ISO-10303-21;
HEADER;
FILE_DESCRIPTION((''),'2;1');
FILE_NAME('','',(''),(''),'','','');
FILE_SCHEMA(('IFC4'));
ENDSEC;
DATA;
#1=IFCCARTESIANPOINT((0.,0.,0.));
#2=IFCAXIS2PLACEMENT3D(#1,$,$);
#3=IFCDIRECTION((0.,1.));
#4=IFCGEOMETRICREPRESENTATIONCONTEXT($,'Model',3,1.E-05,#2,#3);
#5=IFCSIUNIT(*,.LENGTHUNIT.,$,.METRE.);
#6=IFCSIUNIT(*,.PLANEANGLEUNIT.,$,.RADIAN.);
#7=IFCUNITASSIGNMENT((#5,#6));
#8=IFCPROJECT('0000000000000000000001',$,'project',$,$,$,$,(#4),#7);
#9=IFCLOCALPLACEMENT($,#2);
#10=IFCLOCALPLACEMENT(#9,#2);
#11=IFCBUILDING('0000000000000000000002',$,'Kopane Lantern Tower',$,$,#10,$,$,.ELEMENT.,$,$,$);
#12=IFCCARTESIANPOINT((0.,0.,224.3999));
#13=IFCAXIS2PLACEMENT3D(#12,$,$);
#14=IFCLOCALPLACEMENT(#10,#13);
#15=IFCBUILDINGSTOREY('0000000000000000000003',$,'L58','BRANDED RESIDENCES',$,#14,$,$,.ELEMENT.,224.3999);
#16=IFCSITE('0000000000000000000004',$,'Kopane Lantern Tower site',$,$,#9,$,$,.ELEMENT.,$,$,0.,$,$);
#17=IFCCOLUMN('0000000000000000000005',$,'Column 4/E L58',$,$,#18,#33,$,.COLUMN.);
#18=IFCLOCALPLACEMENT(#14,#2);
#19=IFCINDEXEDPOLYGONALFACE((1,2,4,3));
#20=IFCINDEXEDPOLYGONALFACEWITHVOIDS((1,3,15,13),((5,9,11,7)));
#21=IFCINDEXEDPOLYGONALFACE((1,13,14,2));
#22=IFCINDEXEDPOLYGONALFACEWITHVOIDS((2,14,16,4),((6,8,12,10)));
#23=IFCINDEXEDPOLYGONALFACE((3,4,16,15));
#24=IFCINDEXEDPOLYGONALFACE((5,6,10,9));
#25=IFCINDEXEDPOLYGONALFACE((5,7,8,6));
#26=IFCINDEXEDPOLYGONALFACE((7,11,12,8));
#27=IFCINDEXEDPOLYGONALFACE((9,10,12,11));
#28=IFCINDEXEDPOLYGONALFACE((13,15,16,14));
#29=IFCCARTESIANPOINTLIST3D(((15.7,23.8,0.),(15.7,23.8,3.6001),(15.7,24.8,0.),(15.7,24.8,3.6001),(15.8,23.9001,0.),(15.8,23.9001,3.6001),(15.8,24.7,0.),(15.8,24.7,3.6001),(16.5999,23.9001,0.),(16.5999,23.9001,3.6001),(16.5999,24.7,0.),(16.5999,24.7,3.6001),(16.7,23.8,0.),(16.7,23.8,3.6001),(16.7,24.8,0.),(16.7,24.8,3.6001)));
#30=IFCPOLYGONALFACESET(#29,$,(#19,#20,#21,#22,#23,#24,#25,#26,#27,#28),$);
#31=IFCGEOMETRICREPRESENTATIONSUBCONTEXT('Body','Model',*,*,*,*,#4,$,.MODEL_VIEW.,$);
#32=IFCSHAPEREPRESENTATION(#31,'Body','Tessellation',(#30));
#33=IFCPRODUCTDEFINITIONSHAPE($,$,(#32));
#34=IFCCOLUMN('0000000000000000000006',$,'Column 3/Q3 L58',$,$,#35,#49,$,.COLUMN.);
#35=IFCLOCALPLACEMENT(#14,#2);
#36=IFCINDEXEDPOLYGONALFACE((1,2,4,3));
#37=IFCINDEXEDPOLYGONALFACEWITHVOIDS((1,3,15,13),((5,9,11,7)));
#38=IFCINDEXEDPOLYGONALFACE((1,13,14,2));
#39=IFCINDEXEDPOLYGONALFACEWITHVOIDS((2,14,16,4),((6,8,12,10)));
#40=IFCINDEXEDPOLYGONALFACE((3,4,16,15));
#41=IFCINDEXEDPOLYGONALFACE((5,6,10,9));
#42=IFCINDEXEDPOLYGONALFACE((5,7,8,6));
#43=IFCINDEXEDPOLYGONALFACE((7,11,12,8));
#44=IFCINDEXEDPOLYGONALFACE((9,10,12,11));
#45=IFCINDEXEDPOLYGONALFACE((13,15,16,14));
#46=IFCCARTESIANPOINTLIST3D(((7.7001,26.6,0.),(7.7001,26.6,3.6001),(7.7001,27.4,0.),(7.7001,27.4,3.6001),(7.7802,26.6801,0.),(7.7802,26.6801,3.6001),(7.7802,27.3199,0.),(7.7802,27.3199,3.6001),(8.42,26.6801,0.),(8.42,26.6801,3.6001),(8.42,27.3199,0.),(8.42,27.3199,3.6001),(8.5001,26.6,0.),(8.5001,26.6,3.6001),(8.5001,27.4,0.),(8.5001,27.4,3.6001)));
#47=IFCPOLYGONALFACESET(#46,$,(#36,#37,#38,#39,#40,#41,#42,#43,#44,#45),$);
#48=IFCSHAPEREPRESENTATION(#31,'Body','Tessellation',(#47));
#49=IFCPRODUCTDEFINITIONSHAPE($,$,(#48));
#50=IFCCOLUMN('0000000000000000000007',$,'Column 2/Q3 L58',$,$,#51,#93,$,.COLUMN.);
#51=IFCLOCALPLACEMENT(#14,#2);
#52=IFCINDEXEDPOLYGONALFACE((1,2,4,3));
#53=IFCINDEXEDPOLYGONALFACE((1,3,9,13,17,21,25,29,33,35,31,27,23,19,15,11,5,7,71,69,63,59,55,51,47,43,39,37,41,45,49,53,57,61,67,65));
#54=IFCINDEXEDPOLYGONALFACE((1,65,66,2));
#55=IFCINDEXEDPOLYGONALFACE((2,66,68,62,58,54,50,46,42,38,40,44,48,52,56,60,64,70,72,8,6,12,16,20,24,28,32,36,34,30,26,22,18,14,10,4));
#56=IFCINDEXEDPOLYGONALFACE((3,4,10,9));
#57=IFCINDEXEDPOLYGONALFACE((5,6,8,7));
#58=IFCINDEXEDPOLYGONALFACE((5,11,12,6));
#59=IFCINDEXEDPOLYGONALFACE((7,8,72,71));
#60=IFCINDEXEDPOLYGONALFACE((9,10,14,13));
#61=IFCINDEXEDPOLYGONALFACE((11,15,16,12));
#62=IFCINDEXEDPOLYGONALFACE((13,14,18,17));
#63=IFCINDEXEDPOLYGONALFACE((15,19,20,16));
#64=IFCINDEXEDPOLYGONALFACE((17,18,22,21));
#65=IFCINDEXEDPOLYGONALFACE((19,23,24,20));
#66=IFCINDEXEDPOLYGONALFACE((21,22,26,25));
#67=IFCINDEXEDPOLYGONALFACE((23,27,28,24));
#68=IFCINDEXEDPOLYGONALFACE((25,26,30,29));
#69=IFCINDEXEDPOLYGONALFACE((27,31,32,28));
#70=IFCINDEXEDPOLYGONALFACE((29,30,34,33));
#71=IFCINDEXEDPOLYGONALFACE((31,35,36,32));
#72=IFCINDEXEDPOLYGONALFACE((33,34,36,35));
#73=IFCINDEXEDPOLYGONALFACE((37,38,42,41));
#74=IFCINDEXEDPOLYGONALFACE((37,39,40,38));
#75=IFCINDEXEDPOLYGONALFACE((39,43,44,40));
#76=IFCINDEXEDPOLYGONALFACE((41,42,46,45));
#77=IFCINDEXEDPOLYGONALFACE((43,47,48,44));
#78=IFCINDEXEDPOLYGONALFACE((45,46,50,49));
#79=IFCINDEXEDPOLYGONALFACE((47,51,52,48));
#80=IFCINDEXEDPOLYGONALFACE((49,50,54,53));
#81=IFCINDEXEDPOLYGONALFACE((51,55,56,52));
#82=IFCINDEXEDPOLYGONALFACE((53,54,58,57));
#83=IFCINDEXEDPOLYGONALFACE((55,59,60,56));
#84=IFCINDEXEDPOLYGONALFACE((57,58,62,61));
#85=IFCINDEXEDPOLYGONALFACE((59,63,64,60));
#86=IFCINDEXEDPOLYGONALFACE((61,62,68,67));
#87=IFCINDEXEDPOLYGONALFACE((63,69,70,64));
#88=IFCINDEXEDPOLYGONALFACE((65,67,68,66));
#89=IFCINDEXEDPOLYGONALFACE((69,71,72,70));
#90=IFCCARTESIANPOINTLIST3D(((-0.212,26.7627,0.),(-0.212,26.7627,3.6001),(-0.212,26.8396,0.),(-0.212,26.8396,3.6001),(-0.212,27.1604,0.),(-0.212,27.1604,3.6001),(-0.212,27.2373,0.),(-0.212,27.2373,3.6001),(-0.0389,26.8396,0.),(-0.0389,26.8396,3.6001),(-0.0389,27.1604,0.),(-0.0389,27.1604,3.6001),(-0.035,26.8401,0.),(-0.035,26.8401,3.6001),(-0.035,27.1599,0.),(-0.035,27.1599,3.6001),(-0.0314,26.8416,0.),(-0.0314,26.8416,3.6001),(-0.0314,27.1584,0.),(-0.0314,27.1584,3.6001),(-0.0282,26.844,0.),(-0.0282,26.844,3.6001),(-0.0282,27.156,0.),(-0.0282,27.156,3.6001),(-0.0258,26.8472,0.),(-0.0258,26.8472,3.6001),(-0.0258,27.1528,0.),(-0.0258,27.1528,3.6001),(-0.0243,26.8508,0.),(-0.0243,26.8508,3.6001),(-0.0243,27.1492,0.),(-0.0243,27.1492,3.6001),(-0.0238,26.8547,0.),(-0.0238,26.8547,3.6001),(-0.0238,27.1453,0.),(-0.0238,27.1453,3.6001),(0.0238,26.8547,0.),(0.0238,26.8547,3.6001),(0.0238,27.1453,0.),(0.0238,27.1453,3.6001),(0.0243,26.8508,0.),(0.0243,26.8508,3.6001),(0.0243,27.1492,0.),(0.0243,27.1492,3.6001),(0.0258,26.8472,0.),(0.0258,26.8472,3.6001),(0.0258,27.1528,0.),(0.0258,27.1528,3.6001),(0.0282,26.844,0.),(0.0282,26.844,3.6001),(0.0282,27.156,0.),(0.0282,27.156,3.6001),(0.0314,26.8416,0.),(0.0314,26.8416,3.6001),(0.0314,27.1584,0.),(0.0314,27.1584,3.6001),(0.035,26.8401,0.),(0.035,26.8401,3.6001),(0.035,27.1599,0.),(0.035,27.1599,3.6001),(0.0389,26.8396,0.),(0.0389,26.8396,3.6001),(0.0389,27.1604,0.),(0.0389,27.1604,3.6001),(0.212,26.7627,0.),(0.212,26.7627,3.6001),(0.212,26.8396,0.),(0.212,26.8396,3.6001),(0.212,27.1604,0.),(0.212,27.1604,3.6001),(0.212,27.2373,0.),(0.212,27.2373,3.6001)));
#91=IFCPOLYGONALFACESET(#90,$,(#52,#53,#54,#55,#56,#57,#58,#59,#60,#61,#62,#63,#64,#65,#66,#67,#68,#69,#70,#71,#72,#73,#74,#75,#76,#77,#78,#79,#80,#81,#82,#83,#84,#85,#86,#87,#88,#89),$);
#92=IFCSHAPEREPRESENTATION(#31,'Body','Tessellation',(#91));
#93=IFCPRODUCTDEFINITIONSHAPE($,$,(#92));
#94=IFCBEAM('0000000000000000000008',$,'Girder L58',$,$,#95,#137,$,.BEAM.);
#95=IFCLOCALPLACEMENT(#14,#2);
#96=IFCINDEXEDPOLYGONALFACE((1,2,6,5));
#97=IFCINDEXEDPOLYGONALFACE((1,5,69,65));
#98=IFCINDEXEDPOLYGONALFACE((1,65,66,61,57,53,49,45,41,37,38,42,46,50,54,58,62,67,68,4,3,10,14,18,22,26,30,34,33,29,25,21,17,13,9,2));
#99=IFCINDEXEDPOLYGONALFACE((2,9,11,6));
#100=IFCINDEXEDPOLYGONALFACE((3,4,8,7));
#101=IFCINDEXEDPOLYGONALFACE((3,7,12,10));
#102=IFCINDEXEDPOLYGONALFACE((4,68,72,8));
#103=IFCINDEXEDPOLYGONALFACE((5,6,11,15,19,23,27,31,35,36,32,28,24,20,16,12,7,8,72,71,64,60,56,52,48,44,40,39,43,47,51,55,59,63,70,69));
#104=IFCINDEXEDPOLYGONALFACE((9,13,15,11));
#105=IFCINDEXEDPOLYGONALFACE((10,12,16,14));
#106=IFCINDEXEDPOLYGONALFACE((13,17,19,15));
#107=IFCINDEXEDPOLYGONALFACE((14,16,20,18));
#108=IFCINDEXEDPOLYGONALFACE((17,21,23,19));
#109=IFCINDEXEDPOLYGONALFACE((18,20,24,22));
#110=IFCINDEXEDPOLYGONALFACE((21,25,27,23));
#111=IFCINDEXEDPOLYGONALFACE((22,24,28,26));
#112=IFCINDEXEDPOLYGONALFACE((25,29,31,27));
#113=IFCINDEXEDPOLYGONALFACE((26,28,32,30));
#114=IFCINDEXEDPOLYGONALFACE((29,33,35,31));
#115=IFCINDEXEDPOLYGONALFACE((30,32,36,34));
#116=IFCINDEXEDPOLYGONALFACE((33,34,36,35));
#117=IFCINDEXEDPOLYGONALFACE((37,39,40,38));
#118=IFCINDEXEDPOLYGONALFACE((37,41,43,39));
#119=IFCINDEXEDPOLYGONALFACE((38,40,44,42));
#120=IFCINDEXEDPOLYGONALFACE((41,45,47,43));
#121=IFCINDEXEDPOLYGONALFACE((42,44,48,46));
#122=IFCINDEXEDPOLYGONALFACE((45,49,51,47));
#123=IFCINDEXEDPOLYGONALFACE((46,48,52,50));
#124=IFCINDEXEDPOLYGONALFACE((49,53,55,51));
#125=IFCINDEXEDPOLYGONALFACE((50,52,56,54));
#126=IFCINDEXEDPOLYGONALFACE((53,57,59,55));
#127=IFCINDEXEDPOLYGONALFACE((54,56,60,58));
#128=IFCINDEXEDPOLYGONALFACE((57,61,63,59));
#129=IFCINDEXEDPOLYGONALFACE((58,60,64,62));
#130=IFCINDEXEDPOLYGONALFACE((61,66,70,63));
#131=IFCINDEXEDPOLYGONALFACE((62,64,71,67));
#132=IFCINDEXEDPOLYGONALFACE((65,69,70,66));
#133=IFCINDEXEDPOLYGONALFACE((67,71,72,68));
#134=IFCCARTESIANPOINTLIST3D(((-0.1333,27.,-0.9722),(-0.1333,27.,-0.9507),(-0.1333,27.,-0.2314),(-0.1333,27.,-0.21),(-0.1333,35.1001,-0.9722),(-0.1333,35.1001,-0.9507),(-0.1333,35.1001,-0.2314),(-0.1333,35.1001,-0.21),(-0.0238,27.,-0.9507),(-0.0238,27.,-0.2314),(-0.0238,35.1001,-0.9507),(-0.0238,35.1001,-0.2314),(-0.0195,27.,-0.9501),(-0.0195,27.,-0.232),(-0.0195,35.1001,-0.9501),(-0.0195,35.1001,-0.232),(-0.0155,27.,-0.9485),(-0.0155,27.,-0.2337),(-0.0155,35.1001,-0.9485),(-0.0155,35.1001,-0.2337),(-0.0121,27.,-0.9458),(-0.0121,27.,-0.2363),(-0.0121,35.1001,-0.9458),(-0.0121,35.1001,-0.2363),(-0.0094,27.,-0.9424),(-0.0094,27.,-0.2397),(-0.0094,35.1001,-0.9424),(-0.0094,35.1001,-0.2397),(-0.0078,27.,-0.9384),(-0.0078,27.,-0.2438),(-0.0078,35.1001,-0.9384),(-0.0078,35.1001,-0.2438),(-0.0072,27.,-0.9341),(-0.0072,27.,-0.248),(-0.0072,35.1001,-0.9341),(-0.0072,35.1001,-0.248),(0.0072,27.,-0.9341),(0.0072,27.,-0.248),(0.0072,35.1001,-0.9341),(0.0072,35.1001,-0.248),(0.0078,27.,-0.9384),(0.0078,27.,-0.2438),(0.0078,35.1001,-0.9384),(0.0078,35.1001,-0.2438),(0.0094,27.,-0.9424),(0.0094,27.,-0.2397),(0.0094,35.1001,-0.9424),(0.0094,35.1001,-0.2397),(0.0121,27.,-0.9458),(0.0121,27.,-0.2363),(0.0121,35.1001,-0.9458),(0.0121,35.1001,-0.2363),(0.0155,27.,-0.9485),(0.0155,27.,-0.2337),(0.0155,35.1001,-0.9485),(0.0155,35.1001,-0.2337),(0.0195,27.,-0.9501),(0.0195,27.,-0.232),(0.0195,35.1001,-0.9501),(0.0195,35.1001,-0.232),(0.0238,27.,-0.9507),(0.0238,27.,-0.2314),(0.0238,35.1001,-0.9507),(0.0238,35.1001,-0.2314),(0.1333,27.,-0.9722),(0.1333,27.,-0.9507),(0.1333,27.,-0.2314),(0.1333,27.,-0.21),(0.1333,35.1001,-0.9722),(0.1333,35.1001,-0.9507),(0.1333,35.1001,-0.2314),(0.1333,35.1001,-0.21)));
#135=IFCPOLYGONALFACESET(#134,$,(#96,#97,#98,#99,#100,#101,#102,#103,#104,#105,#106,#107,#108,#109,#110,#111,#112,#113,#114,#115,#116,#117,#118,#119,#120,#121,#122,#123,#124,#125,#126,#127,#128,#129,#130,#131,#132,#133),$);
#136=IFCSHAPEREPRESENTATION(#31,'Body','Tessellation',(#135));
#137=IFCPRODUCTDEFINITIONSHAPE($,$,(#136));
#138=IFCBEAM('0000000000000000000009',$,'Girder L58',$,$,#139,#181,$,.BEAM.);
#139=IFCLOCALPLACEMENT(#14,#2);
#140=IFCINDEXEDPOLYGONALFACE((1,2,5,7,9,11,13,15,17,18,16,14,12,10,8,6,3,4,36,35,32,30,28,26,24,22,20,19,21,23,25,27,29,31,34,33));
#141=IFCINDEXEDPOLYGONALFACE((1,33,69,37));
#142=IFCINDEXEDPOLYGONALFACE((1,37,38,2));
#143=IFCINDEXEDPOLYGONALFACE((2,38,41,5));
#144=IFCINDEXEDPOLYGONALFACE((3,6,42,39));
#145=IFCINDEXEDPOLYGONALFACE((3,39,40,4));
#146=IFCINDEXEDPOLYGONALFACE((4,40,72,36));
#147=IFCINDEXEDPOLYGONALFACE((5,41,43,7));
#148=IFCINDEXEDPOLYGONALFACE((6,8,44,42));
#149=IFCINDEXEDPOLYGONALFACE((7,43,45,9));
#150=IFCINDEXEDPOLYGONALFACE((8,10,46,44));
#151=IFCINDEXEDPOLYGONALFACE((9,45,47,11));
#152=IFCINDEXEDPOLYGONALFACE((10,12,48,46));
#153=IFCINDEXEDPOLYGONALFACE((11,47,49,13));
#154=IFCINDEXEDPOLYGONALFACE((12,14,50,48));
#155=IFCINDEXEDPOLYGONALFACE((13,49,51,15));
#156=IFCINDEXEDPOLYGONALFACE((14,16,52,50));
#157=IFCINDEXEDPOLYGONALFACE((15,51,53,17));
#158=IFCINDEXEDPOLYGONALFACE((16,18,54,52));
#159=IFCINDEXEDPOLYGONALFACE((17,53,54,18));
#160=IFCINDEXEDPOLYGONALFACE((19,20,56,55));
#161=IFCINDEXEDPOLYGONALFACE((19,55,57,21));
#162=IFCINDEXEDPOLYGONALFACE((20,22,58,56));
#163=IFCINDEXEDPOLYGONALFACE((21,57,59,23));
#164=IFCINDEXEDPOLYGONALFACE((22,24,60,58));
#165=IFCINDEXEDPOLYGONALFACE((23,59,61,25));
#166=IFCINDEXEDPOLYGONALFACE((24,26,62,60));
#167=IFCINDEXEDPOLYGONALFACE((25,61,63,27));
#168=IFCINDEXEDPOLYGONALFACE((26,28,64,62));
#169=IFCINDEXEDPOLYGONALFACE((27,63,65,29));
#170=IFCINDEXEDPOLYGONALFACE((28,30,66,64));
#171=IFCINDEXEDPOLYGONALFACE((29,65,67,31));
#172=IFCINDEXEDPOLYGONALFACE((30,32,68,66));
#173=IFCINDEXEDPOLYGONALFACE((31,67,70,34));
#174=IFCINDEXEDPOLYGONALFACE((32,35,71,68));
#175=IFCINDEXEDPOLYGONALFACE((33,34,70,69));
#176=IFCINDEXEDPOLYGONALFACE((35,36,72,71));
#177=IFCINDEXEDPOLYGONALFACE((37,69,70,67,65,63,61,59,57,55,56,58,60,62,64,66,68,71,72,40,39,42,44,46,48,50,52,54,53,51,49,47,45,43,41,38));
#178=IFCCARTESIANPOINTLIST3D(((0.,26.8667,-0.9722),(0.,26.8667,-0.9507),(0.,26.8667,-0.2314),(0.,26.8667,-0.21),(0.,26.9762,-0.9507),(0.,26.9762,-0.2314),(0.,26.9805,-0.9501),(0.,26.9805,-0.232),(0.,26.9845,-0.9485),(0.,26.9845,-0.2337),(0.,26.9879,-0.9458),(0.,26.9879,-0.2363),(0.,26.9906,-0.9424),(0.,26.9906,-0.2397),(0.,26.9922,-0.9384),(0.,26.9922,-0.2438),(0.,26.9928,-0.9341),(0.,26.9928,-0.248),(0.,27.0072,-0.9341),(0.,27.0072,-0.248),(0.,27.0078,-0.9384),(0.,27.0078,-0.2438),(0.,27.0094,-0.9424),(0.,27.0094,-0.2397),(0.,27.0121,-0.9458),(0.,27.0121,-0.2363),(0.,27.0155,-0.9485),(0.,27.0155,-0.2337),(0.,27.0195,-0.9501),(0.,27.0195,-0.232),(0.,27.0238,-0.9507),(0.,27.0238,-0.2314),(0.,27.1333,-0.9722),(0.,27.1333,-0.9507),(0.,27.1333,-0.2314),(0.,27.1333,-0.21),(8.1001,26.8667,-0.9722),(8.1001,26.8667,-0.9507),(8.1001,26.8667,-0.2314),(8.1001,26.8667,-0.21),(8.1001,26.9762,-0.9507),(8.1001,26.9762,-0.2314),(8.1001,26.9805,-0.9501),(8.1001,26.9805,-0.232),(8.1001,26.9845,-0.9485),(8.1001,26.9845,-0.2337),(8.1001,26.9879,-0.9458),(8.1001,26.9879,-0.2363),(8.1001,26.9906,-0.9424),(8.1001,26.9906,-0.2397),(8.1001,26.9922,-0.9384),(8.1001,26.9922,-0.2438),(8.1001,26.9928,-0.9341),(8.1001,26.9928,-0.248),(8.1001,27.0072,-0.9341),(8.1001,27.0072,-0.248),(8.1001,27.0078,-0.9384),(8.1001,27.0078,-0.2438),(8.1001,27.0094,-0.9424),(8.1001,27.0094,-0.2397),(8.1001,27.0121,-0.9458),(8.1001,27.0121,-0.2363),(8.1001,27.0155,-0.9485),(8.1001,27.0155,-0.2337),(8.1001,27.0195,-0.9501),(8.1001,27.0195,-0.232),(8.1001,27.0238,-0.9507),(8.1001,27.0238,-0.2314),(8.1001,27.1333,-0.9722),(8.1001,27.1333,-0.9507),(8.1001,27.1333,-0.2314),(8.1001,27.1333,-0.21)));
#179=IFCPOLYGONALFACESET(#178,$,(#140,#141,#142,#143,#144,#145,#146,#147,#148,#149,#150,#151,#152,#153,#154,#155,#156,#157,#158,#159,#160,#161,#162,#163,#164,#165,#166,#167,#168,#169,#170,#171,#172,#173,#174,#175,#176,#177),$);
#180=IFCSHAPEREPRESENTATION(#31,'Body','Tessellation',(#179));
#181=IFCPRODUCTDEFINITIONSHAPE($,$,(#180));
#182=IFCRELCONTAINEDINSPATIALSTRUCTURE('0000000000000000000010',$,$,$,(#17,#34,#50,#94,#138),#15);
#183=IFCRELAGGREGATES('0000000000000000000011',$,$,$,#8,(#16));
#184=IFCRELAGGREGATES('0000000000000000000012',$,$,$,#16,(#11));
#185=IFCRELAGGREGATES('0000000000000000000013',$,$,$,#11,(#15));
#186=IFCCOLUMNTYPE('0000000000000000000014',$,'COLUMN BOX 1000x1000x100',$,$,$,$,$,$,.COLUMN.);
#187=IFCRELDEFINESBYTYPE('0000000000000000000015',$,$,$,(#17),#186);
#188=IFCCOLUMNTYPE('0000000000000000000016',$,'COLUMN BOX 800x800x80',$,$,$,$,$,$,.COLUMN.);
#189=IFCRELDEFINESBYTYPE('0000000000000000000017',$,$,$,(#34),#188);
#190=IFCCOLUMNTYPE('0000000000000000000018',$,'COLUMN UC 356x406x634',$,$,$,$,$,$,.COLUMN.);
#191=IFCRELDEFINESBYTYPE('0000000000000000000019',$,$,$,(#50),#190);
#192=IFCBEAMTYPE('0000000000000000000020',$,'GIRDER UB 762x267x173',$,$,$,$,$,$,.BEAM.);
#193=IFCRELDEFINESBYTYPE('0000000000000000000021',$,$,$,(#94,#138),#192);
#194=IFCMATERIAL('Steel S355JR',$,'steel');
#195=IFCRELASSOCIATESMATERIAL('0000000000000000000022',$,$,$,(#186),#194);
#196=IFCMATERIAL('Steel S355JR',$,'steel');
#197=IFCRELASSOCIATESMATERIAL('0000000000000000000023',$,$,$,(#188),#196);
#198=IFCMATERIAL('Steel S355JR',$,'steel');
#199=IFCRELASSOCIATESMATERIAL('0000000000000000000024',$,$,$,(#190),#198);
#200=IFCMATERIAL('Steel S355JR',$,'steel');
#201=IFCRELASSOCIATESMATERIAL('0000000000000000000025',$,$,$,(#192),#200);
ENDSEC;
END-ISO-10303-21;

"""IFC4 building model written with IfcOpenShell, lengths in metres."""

from ifc_helpers import new_model, si_unit, direction, frame, origin, origin_2d, place, context, subcontext, project, spatial, hollow_rectangle, i_section, extrude, material, material_profile, profile_set, type_object, element, save


model = new_model("IFC4")

# Units and contexts
model_context = context("Model", 3, precision=1e-05, world=origin(), true_north=direction((0.0, 1.0)))
body_context = subcontext(model_context, "Body", "Model", "MODEL_VIEW")
ifc_project = project(units=[si_unit("LENGTHUNIT", "METRE"), si_unit("PLANEANGLEUNIT", "RADIAN")], contexts=[model_context])

# Site, building, storey
site_placement = place(None, origin())
site = spatial("IfcSite", under=ifc_project, at=site_placement, Name="Kopane Lantern Tower site", CompositionType="ELEMENT", RefElevation=0.0)
building_placement = place(site_placement, origin())
building = spatial("IfcBuilding", under=site, at=building_placement, Name="Kopane Lantern Tower", CompositionType="ELEMENT")
storey_placement = place(building_placement, frame((0.0, 0.0, 224.3999)))
storey = spatial("IfcBuildingStorey", under=building, at=storey_placement, Name="L58", Description="BRANDED RESIDENCES", CompositionType="ELEMENT", Elevation=224.3999)

# Columns
ifc_material_1 = material(Name="Steel S355JR", Category="steel")
ifc_material_profile_1 = material_profile(ifc_material_1, hollow_rectangle(XDim=1.0, YDim=1.0, WallThickness=0.1001, at=origin_2d()), Name="BOX 1000x1000x100")
ifc_profile_set_1 = profile_set([ifc_material_profile_1], Name="Steel S355JR")
column_type_1 = type_object("IfcColumnType", Name="COLUMN BOX 1000x1000x100", PredefinedType="COLUMN", material=ifc_profile_set_1)
column_1_placement = place(storey_placement, frame((16.2, 24.3, 0.0), z_axis=(0.0, 0.0, 1.0), x_axis=(1.0, 0.0, 0.0)))
element("IfcColumn", 1, at=column_1_placement, inside=storey, type_object=column_type_1, Name="Column 4/E L58", PredefinedType="COLUMN", context=body_context, shape_type="SweptSolid", body=[
    extrude(hollow_rectangle(XDim=1.0, YDim=1.0, WallThickness=0.1001, at=origin_2d()), origin(), (0.0, 0.0, 1.0), 3.6001),
])
ifc_material_2 = material(Name="Steel S355JR", Category="steel")
ifc_material_profile_2 = material_profile(ifc_material_2, hollow_rectangle(XDim=0.8, YDim=0.8, WallThickness=0.0801, at=origin_2d()), Name="BOX 800x800x80")
ifc_profile_set_2 = profile_set([ifc_material_profile_2], Name="Steel S355JR")
column_type_2 = type_object("IfcColumnType", Name="COLUMN BOX 800x800x80", PredefinedType="COLUMN", material=ifc_profile_set_2)
column_2_placement = place(storey_placement, frame((8.1001, 27.0, 0.0), z_axis=(0.0, 0.0, 1.0), x_axis=(1.0, 0.0, 0.0)))
element("IfcColumn", 2, at=column_2_placement, inside=storey, type_object=column_type_2, Name="Column 3/Q3 L58", PredefinedType="COLUMN", context=body_context, shape_type="SweptSolid", body=[
    extrude(hollow_rectangle(XDim=0.8, YDim=0.8, WallThickness=0.0801, at=origin_2d()), origin(), (0.0, 0.0, 1.0), 3.6001),
])
ifc_material_3 = material(Name="Steel S355JR", Category="steel")
ifc_material_profile_3 = material_profile(ifc_material_3, i_section(OverallWidth=0.4241, OverallDepth=0.4746, WebThickness=0.0476, FlangeThickness=0.0769, FilletRadius=0.0151, at=origin_2d()), Name="UC 356x406x634")
ifc_profile_set_3 = profile_set([ifc_material_profile_3], Name="Steel S355JR")
column_type_3 = type_object("IfcColumnType", Name="COLUMN UC 356x406x634", PredefinedType="COLUMN", material=ifc_profile_set_3)
column_3_placement = place(storey_placement, frame((0.0, 27.0, 0.0), z_axis=(0.0, 0.0, 1.0), x_axis=(1.0, 0.0, 0.0)))
element("IfcColumn", 3, at=column_3_placement, inside=storey, type_object=column_type_3, Name="Column 2/Q3 L58", PredefinedType="COLUMN", context=body_context, shape_type="SweptSolid", body=[
    extrude(i_section(OverallWidth=0.4241, OverallDepth=0.4746, WebThickness=0.0476, FlangeThickness=0.0769, FilletRadius=0.0151, at=origin_2d()), origin(), (0.0, 0.0, 1.0), 3.6001),
])

# Beams
ifc_material_4 = material(Name="Steel S355JR", Category="steel")
ifc_material_profile_4 = material_profile(ifc_material_4, i_section(OverallWidth=0.2666, OverallDepth=0.7622, WebThickness=0.0144, FlangeThickness=0.0215, FilletRadius=0.0166, at=origin_2d()), Name="UB 762x267x173")
ifc_profile_set_4 = profile_set([ifc_material_profile_4], Name="Steel S355JR")
beam_type = type_object("IfcBeamType", Name="GIRDER UB 762x267x173", PredefinedType="BEAM", material=ifc_profile_set_4)
for number, where, z_axis, x_axis, name in (
    (4, (0.0, 27.0, -0.5911), (0.0, 1.0, 0.0), (-1.0, 0.0, 0.0), "Girder L58"),
    (5, (0.0, 27.0, -0.5911), (1.0, 0.0, 0.0), (0.0, 1.0, 0.0), "Girder L58"),
):
    element("IfcBeam", number, at=place(storey_placement, frame(where, z_axis=z_axis, x_axis=x_axis)), inside=storey, type_object=beam_type, Name=name, PredefinedType="BEAM", context=body_context, shape_type="SweptSolid", body=[
        extrude(i_section(OverallWidth=0.2666, OverallDepth=0.7622, WebThickness=0.0144, FlangeThickness=0.0215, FilletRadius=0.0166, at=origin_2d()), origin(), (0.0, 0.0, 1.0), 8.1001),
    ])

save(model, "model.ifc")
